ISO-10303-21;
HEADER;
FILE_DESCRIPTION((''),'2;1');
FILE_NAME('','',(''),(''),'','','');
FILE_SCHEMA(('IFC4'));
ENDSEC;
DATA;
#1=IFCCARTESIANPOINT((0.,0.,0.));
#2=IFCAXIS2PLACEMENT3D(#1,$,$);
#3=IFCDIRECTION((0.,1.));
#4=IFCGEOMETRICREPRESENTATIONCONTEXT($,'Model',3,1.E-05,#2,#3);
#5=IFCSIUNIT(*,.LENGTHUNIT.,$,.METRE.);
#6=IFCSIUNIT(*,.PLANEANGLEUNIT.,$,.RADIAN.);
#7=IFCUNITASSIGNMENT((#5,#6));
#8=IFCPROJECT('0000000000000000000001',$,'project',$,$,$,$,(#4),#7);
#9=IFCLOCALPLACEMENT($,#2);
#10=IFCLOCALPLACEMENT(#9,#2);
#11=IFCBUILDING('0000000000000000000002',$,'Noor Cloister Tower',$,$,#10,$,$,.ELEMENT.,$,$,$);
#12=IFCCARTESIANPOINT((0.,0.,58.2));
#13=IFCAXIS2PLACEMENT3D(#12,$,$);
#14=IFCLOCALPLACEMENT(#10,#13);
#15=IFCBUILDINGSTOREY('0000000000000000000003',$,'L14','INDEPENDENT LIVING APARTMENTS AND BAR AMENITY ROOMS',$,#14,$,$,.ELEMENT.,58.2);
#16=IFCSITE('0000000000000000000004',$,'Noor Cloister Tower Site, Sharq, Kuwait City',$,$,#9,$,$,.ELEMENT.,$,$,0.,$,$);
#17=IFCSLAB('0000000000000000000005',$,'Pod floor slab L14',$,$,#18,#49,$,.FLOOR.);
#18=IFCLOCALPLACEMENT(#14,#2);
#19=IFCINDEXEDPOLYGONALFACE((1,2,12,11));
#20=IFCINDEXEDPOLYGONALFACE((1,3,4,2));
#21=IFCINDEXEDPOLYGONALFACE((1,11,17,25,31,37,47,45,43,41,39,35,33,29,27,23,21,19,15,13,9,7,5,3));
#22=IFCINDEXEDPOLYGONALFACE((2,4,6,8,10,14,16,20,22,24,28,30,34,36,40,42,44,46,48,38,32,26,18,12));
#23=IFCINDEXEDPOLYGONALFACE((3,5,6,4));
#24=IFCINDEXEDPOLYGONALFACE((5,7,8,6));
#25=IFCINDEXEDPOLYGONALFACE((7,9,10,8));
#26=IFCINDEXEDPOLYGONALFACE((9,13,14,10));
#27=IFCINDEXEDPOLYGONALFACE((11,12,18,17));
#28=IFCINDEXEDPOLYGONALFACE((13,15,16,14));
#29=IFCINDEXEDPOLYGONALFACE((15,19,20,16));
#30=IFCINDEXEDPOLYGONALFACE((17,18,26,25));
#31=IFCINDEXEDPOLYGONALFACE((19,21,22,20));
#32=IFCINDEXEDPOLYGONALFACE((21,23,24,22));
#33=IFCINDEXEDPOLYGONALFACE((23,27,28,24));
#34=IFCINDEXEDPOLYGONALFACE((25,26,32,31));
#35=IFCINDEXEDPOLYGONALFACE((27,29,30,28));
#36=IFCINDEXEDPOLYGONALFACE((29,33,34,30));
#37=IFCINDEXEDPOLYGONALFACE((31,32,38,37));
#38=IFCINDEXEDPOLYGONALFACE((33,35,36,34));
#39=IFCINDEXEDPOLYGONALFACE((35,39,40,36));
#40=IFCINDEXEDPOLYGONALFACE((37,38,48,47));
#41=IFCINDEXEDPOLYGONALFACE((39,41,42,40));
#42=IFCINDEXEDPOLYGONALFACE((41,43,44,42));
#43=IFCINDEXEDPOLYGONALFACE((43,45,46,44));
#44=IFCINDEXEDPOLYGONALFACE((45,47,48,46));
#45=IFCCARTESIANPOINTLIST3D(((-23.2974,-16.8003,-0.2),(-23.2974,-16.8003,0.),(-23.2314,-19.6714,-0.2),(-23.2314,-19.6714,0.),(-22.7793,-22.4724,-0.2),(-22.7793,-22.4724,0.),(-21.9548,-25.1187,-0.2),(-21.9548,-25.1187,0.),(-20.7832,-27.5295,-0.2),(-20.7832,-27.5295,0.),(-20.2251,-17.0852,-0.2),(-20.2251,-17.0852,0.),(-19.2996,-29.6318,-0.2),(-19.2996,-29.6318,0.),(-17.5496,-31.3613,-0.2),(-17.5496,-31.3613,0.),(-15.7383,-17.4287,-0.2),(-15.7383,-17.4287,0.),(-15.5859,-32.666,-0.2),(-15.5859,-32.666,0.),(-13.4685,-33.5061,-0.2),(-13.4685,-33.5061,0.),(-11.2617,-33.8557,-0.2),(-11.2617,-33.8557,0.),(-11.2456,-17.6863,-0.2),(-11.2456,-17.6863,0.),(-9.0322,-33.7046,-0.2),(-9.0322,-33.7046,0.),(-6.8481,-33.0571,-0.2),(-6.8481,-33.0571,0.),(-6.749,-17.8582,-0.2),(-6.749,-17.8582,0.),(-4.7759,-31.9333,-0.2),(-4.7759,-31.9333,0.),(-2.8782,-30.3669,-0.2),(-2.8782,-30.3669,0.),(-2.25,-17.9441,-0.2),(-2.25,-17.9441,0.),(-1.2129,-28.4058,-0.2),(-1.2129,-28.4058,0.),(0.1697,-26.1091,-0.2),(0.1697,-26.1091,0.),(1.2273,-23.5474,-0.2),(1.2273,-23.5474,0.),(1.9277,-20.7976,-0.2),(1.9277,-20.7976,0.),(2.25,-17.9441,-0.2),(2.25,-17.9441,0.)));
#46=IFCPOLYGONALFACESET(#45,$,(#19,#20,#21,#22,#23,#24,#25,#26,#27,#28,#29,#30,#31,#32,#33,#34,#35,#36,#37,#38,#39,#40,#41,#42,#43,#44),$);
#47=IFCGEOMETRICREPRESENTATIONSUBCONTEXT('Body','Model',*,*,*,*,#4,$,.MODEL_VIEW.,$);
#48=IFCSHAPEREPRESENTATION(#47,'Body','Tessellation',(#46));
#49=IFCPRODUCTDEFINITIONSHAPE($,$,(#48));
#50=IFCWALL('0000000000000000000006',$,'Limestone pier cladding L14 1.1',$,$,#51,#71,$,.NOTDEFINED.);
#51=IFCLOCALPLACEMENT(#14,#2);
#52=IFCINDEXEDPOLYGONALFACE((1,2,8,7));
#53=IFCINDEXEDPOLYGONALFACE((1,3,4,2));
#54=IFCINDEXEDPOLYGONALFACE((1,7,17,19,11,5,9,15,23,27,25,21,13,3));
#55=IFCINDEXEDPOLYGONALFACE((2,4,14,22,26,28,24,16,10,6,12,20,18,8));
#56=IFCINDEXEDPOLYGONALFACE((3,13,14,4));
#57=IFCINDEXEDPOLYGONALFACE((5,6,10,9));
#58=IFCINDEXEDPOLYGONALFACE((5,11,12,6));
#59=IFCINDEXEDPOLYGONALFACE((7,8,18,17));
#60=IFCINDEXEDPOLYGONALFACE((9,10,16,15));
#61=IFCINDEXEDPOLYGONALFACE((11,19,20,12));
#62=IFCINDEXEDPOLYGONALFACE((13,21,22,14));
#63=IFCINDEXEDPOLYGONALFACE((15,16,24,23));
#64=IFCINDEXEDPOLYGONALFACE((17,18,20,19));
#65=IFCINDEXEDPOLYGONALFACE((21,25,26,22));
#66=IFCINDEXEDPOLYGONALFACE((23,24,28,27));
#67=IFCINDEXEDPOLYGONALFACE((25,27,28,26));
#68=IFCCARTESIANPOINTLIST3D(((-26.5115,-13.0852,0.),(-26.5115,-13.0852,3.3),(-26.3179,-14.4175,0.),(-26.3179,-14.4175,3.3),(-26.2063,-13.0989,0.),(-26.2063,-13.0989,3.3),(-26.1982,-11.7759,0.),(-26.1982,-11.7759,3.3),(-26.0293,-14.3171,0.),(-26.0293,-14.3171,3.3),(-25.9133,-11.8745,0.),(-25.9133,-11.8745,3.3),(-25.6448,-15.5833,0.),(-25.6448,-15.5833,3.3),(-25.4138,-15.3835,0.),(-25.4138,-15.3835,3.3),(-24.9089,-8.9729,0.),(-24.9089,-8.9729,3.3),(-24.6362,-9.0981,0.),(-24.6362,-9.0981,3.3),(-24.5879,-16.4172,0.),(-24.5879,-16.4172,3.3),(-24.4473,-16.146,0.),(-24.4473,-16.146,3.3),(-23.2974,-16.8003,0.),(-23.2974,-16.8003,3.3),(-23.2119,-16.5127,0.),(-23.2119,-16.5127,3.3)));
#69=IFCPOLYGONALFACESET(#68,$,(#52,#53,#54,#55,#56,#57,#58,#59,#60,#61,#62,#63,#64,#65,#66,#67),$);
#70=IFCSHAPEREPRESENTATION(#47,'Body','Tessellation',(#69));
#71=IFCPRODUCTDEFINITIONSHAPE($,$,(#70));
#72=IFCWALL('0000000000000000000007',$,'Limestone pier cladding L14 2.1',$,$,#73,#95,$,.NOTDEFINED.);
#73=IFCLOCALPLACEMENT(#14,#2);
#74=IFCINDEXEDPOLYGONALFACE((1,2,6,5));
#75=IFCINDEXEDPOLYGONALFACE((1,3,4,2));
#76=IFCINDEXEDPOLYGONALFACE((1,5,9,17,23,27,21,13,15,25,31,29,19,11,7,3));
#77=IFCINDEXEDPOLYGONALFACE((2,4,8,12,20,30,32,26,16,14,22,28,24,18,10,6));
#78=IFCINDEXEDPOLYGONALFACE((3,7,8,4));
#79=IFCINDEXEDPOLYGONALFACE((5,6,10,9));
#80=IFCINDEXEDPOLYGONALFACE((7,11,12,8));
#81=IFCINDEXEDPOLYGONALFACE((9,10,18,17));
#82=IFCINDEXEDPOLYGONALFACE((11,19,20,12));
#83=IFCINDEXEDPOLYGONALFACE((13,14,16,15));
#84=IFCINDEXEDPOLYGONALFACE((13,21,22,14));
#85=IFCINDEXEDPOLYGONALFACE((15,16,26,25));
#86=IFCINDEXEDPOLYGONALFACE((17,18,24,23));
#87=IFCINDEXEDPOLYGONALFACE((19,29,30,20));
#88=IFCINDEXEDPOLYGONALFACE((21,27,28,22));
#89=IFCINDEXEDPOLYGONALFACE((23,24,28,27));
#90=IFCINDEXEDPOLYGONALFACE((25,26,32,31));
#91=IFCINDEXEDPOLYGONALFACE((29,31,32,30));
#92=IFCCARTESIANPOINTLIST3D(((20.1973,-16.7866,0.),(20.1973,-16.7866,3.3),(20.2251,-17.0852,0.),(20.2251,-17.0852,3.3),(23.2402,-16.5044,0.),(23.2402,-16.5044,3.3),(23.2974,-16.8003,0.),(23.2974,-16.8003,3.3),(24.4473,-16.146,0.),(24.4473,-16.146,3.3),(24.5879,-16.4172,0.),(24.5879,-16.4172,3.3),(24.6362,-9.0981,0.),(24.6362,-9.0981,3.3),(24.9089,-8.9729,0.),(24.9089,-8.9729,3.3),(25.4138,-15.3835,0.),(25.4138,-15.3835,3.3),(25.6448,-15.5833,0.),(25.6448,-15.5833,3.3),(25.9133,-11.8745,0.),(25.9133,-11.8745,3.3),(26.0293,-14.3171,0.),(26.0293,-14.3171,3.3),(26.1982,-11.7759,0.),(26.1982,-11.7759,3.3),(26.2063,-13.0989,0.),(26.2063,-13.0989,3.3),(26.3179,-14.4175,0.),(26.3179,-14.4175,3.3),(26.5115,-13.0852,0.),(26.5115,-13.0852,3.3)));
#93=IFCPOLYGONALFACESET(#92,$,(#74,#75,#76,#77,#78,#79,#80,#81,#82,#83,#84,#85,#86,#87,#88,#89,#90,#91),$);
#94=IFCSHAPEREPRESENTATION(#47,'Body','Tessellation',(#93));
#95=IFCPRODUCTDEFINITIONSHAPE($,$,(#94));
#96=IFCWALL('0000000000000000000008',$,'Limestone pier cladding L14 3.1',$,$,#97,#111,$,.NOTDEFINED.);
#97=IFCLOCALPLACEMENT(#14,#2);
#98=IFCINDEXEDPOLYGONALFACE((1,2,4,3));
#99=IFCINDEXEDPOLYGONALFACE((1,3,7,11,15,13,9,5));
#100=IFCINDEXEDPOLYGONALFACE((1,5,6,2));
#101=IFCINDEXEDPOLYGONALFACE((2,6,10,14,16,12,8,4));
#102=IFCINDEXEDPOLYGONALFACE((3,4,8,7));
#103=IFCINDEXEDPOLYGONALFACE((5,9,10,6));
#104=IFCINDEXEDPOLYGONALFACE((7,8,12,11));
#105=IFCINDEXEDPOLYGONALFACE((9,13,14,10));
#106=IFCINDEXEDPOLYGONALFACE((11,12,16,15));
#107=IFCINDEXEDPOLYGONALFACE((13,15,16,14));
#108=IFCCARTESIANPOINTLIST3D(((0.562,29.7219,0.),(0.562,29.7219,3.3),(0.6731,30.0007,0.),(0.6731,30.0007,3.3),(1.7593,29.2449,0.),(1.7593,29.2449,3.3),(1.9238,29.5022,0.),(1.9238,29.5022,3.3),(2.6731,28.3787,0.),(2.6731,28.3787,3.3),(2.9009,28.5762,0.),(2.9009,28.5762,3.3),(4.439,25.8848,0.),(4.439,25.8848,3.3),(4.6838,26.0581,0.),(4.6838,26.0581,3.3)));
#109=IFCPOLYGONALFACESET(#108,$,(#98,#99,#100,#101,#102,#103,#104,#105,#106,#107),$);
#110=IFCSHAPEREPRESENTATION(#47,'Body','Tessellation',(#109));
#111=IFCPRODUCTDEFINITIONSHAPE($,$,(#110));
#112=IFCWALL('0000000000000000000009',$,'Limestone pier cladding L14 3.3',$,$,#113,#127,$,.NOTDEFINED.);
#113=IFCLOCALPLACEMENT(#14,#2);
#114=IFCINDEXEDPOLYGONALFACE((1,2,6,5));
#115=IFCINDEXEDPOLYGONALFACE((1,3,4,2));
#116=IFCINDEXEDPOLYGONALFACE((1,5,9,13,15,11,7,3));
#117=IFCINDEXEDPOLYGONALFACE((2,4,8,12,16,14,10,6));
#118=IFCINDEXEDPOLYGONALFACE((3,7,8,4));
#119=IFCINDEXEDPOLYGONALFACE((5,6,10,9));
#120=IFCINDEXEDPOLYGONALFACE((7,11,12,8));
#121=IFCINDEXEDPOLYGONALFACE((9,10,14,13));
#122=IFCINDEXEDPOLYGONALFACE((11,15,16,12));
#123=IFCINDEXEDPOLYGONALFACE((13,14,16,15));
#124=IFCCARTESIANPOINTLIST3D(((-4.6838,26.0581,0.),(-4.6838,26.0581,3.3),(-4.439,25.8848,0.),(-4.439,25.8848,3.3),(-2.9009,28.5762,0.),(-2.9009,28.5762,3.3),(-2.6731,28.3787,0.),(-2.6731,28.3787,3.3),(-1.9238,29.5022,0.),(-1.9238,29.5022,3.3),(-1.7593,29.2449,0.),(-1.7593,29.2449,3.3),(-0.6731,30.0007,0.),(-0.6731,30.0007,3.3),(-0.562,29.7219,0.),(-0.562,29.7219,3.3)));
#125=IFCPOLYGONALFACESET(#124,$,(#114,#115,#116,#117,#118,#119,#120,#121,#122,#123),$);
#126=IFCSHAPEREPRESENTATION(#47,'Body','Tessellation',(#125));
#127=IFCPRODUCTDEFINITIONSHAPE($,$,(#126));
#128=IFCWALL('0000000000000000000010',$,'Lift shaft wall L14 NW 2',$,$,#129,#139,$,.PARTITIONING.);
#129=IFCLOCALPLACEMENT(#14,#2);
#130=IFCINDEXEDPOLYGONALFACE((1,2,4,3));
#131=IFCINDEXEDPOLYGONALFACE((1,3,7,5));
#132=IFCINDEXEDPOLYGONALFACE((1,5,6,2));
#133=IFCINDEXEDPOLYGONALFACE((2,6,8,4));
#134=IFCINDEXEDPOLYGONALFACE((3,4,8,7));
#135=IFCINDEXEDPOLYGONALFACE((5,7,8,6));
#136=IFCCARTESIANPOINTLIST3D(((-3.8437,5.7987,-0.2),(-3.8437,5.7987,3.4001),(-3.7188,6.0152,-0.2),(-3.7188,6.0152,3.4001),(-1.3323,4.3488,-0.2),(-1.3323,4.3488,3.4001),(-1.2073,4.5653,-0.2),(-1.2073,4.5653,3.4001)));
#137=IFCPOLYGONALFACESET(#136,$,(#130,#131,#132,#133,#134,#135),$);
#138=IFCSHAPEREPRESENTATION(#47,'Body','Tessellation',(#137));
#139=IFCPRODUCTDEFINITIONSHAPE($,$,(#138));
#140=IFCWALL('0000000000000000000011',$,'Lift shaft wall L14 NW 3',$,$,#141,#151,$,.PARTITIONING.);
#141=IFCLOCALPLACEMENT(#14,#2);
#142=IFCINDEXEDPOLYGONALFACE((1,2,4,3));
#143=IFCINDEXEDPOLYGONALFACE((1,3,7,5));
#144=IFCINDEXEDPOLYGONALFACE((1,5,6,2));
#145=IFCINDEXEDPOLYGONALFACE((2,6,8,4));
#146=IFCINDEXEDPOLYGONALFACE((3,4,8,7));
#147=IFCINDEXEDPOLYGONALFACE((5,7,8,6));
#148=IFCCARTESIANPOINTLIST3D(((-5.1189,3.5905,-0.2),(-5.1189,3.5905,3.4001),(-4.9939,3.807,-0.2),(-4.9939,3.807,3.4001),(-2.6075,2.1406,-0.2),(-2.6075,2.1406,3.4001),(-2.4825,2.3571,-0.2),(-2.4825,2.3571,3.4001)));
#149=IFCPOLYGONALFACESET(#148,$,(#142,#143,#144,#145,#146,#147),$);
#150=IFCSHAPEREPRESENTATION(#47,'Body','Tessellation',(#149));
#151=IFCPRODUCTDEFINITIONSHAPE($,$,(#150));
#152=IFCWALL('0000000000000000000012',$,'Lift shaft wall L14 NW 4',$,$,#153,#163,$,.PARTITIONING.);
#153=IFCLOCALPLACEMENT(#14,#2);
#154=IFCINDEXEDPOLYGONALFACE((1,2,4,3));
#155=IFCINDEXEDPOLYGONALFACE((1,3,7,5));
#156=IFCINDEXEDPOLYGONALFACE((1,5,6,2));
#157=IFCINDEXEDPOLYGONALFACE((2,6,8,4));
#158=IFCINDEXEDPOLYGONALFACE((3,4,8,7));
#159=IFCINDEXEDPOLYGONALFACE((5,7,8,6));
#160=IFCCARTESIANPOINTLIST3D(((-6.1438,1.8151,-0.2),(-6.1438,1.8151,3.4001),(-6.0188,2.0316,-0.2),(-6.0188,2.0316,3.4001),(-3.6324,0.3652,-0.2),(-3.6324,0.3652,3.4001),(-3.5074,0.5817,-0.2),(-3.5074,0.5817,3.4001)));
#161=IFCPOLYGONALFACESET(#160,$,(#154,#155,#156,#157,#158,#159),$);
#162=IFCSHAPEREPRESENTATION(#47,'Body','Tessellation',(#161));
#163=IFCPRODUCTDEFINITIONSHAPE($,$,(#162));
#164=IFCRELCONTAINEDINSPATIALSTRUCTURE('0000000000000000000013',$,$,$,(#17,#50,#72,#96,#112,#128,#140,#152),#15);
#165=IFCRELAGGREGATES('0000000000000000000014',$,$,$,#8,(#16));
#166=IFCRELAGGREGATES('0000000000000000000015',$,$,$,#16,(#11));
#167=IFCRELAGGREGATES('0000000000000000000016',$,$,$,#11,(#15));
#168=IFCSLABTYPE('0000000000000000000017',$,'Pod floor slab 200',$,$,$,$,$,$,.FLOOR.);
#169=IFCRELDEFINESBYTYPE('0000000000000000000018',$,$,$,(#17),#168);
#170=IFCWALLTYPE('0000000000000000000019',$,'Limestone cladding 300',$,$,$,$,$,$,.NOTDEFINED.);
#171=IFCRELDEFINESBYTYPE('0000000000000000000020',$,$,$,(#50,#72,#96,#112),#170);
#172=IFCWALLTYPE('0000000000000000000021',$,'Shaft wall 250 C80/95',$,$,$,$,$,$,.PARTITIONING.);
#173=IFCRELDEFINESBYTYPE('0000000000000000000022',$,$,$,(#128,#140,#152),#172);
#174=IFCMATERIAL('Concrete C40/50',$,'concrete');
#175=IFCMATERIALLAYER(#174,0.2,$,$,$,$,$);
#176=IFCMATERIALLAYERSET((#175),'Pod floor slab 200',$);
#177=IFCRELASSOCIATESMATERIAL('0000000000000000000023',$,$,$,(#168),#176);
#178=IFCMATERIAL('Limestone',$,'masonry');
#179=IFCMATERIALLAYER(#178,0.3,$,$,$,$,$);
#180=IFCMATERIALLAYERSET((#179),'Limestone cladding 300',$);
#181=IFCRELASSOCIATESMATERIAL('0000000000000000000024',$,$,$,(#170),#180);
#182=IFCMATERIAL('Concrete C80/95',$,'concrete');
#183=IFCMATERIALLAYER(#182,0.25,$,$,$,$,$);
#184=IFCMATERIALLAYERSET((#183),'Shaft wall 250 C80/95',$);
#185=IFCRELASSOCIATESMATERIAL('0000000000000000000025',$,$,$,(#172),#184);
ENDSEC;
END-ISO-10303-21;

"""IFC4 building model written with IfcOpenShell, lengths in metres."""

from ifc_helpers import new_model, si_unit, direction, frame, frame_2d, origin, place, context, subcontext, project, spatial, polyline, rectangle, outline, extrude, material, layer, layer_set, type_object, element, save


model = new_model("IFC4")

# Units and contexts
model_context = context("Model", 3, precision=1e-05, world=origin(), true_north=direction((0.0, 1.0)))
body_context = subcontext(model_context, "Body", "Model", "MODEL_VIEW")
ifc_project = project(units=[si_unit("LENGTHUNIT", "METRE"), si_unit("PLANEANGLEUNIT", "RADIAN")], contexts=[model_context])

# Site, building, storey
site_placement = place(None, origin())
site = spatial("IfcSite", under=ifc_project, at=site_placement, Name="Noor Cloister Tower Site, Sharq, Kuwait City", CompositionType="ELEMENT", RefElevation=0.0)
building_placement = place(site_placement, origin())
building = spatial("IfcBuilding", under=site, at=building_placement, Name="Noor Cloister Tower", CompositionType="ELEMENT")
storey_placement = place(building_placement, frame((0.0, 0.0, 58.2)))
storey = spatial("IfcBuildingStorey", under=building, at=storey_placement, Name="L14", Description="INDEPENDENT LIVING APARTMENTS AND BAR AMENITY ROOMS", CompositionType="ELEMENT", Elevation=58.2)

# Slab
ifc_material_1 = material(Name="Concrete C40/50", Category="concrete")
ifc_layer_1 = layer(ifc_material_1, 0.2)
ifc_layer_set_1 = layer_set([ifc_layer_1], Name="Pod floor slab 200")
slab_type_1 = type_object("IfcSlabType", Name="Pod floor slab 200", PredefinedType="FLOOR", material=ifc_layer_set_1)
slab_1_placement = place(storey_placement, frame((0.0, 0.0, -0.2)))
element("IfcSlab", 1, at=slab_1_placement, inside=storey, type_object=slab_type_1, Name="Pod floor slab L14", PredefinedType="FLOOR", context=body_context, shape_type="SweptSolid", body=[
    extrude(outline(polyline([(-23.2974, -16.8003), (-23.2314, -19.6714), (-22.7793, -22.4724), (-21.9548, -25.1187), (-20.7832, -27.5295), (-19.2996, -29.6318), (-17.5496, -31.3613), (-15.5859, -32.666), (-13.4685, -33.5061), (-11.2617, -33.8557), (-9.0322, -33.7046), (-6.8481, -33.0571), (-4.7759, -31.9333), (-2.8782, -30.3669), (-1.2129, -28.4058), (0.1697, -26.1091), (1.2273, -23.5474), (1.9277, -20.7976), (2.25, -17.9441), (-2.25, -17.9441), (-6.749, -17.8582), (-11.2456, -17.6863), (-15.7383, -17.4287), (-20.2251, -17.0852), (-23.2974, -16.8003)])), origin(), (0.0, 0.0, 1.0), 0.2),
])

# Walls
ifc_material_2 = material(Name="Limestone", Category="masonry")
ifc_layer_2 = layer(ifc_material_2, 0.3)
ifc_layer_set_2 = layer_set([ifc_layer_2], Name="Limestone cladding 300")
wall_type_1 = type_object("IfcWallType", Name="Limestone cladding 300", PredefinedType="NOTDEFINED", material=ifc_layer_set_2)
wall_1_placement = place(storey_placement, origin())
element("IfcWall", 2, at=wall_1_placement, inside=storey, type_object=wall_type_1, Name="Limestone pier cladding L14 1.1", PredefinedType="NOTDEFINED", context=body_context, shape_type="SweptSolid", body=[
    extrude(outline(polyline([(-24.9089, -8.9729), (-26.1982, -11.7759), (-26.5115, -13.0852), (-26.3179, -14.4175), (-25.6448, -15.5833), (-24.5879, -16.4172), (-23.2974, -16.8003), (-23.2119, -16.5127), (-24.4473, -16.146), (-25.4138, -15.3835), (-26.0293, -14.3171), (-26.2063, -13.0989), (-25.9133, -11.8745), (-24.6362, -9.0981), (-24.9089, -8.9729)])), origin(), (0.0, 0.0, 1.0), 3.3),
])
wall_2_placement = place(storey_placement, origin())
element("IfcWall", 3, at=wall_2_placement, inside=storey, type_object=wall_type_1, Name="Limestone pier cladding L14 2.1", PredefinedType="NOTDEFINED", context=body_context, shape_type="SweptSolid", body=[
    extrude(outline(polyline([(20.2251, -17.0852), (23.2974, -16.8003), (24.5879, -16.4172), (25.6448, -15.5833), (26.3179, -14.4175), (26.5115, -13.0852), (26.1982, -11.7759), (24.9089, -8.9729), (24.6362, -9.0981), (25.9133, -11.8745), (26.2063, -13.0989), (26.0293, -14.3171), (25.4138, -15.3835), (24.4473, -16.146), (23.2402, -16.5044), (20.1973, -16.7866), (20.2251, -17.0852)])), origin(), (0.0, 0.0, 1.0), 3.3),
])
wall_3_placement = place(storey_placement, origin())
element("IfcWall", 4, at=wall_3_placement, inside=storey, type_object=wall_type_1, Name="Limestone pier cladding L14 3.1", PredefinedType="NOTDEFINED", context=body_context, shape_type="SweptSolid", body=[
    extrude(outline(polyline([(4.6838, 26.0581), (2.9009, 28.5762), (1.9238, 29.5022), (0.6731, 30.0007), (0.562, 29.7219), (1.7593, 29.2449), (2.6731, 28.3787), (4.439, 25.8848), (4.6838, 26.0581)])), origin(), (0.0, 0.0, 1.0), 3.3),
])
wall_4_placement = place(storey_placement, origin())
element("IfcWall", 5, at=wall_4_placement, inside=storey, type_object=wall_type_1, Name="Limestone pier cladding L14 3.3", PredefinedType="NOTDEFINED", context=body_context, shape_type="SweptSolid", body=[
    extrude(outline(polyline([(-0.6731, 30.0007), (-1.9238, 29.5022), (-2.9009, 28.5762), (-4.6838, 26.0581), (-4.439, 25.8848), (-2.6731, 28.3787), (-1.7593, 29.2449), (-0.562, 29.7219), (-0.6731, 30.0007)])), origin(), (0.0, 0.0, 1.0), 3.3),
])
ifc_material_3 = material(Name="Concrete C80/95", Category="concrete")
ifc_layer_3 = layer(ifc_material_3, 0.25)
ifc_layer_set_3 = layer_set([ifc_layer_3], Name="Shaft wall 250 C80/95")
wall_type_2 = type_object("IfcWallType", Name="Shaft wall 250 C80/95", PredefinedType="PARTITIONING", material=ifc_layer_set_3)
for number, where, z_axis, x_axis, name in (
    (6, (-3.7812, 5.907, -0.2), (0.0, 0.0, 1.0), (0.866033, -0.499987, 0.0), "Lift shaft wall L14 NW 2"),
    (7, (-5.0564, 3.6987, -0.2), (0.0, 0.0, 1.0), (0.866033, -0.499987, 0.0), "Lift shaft wall L14 NW 3"),
    (8, (-6.0813, 1.9233, -0.2), (0.0, 0.0, 1.0), (0.866033, -0.499987, 0.0), "Lift shaft wall L14 NW 4"),
):
    element("IfcWall", number, at=place(storey_placement, frame(where, z_axis=z_axis, x_axis=x_axis)), inside=storey, type_object=wall_type_2, Name=name, PredefinedType="PARTITIONING", context=body_context, shape_type="SweptSolid", body=[
        extrude(rectangle(XDim=2.8999, YDim=0.25, at=frame_2d((1.45, 0.0))), origin(), (0.0, 0.0, 1.0), 3.6001),
    ])

save(model, "model.ifc")
